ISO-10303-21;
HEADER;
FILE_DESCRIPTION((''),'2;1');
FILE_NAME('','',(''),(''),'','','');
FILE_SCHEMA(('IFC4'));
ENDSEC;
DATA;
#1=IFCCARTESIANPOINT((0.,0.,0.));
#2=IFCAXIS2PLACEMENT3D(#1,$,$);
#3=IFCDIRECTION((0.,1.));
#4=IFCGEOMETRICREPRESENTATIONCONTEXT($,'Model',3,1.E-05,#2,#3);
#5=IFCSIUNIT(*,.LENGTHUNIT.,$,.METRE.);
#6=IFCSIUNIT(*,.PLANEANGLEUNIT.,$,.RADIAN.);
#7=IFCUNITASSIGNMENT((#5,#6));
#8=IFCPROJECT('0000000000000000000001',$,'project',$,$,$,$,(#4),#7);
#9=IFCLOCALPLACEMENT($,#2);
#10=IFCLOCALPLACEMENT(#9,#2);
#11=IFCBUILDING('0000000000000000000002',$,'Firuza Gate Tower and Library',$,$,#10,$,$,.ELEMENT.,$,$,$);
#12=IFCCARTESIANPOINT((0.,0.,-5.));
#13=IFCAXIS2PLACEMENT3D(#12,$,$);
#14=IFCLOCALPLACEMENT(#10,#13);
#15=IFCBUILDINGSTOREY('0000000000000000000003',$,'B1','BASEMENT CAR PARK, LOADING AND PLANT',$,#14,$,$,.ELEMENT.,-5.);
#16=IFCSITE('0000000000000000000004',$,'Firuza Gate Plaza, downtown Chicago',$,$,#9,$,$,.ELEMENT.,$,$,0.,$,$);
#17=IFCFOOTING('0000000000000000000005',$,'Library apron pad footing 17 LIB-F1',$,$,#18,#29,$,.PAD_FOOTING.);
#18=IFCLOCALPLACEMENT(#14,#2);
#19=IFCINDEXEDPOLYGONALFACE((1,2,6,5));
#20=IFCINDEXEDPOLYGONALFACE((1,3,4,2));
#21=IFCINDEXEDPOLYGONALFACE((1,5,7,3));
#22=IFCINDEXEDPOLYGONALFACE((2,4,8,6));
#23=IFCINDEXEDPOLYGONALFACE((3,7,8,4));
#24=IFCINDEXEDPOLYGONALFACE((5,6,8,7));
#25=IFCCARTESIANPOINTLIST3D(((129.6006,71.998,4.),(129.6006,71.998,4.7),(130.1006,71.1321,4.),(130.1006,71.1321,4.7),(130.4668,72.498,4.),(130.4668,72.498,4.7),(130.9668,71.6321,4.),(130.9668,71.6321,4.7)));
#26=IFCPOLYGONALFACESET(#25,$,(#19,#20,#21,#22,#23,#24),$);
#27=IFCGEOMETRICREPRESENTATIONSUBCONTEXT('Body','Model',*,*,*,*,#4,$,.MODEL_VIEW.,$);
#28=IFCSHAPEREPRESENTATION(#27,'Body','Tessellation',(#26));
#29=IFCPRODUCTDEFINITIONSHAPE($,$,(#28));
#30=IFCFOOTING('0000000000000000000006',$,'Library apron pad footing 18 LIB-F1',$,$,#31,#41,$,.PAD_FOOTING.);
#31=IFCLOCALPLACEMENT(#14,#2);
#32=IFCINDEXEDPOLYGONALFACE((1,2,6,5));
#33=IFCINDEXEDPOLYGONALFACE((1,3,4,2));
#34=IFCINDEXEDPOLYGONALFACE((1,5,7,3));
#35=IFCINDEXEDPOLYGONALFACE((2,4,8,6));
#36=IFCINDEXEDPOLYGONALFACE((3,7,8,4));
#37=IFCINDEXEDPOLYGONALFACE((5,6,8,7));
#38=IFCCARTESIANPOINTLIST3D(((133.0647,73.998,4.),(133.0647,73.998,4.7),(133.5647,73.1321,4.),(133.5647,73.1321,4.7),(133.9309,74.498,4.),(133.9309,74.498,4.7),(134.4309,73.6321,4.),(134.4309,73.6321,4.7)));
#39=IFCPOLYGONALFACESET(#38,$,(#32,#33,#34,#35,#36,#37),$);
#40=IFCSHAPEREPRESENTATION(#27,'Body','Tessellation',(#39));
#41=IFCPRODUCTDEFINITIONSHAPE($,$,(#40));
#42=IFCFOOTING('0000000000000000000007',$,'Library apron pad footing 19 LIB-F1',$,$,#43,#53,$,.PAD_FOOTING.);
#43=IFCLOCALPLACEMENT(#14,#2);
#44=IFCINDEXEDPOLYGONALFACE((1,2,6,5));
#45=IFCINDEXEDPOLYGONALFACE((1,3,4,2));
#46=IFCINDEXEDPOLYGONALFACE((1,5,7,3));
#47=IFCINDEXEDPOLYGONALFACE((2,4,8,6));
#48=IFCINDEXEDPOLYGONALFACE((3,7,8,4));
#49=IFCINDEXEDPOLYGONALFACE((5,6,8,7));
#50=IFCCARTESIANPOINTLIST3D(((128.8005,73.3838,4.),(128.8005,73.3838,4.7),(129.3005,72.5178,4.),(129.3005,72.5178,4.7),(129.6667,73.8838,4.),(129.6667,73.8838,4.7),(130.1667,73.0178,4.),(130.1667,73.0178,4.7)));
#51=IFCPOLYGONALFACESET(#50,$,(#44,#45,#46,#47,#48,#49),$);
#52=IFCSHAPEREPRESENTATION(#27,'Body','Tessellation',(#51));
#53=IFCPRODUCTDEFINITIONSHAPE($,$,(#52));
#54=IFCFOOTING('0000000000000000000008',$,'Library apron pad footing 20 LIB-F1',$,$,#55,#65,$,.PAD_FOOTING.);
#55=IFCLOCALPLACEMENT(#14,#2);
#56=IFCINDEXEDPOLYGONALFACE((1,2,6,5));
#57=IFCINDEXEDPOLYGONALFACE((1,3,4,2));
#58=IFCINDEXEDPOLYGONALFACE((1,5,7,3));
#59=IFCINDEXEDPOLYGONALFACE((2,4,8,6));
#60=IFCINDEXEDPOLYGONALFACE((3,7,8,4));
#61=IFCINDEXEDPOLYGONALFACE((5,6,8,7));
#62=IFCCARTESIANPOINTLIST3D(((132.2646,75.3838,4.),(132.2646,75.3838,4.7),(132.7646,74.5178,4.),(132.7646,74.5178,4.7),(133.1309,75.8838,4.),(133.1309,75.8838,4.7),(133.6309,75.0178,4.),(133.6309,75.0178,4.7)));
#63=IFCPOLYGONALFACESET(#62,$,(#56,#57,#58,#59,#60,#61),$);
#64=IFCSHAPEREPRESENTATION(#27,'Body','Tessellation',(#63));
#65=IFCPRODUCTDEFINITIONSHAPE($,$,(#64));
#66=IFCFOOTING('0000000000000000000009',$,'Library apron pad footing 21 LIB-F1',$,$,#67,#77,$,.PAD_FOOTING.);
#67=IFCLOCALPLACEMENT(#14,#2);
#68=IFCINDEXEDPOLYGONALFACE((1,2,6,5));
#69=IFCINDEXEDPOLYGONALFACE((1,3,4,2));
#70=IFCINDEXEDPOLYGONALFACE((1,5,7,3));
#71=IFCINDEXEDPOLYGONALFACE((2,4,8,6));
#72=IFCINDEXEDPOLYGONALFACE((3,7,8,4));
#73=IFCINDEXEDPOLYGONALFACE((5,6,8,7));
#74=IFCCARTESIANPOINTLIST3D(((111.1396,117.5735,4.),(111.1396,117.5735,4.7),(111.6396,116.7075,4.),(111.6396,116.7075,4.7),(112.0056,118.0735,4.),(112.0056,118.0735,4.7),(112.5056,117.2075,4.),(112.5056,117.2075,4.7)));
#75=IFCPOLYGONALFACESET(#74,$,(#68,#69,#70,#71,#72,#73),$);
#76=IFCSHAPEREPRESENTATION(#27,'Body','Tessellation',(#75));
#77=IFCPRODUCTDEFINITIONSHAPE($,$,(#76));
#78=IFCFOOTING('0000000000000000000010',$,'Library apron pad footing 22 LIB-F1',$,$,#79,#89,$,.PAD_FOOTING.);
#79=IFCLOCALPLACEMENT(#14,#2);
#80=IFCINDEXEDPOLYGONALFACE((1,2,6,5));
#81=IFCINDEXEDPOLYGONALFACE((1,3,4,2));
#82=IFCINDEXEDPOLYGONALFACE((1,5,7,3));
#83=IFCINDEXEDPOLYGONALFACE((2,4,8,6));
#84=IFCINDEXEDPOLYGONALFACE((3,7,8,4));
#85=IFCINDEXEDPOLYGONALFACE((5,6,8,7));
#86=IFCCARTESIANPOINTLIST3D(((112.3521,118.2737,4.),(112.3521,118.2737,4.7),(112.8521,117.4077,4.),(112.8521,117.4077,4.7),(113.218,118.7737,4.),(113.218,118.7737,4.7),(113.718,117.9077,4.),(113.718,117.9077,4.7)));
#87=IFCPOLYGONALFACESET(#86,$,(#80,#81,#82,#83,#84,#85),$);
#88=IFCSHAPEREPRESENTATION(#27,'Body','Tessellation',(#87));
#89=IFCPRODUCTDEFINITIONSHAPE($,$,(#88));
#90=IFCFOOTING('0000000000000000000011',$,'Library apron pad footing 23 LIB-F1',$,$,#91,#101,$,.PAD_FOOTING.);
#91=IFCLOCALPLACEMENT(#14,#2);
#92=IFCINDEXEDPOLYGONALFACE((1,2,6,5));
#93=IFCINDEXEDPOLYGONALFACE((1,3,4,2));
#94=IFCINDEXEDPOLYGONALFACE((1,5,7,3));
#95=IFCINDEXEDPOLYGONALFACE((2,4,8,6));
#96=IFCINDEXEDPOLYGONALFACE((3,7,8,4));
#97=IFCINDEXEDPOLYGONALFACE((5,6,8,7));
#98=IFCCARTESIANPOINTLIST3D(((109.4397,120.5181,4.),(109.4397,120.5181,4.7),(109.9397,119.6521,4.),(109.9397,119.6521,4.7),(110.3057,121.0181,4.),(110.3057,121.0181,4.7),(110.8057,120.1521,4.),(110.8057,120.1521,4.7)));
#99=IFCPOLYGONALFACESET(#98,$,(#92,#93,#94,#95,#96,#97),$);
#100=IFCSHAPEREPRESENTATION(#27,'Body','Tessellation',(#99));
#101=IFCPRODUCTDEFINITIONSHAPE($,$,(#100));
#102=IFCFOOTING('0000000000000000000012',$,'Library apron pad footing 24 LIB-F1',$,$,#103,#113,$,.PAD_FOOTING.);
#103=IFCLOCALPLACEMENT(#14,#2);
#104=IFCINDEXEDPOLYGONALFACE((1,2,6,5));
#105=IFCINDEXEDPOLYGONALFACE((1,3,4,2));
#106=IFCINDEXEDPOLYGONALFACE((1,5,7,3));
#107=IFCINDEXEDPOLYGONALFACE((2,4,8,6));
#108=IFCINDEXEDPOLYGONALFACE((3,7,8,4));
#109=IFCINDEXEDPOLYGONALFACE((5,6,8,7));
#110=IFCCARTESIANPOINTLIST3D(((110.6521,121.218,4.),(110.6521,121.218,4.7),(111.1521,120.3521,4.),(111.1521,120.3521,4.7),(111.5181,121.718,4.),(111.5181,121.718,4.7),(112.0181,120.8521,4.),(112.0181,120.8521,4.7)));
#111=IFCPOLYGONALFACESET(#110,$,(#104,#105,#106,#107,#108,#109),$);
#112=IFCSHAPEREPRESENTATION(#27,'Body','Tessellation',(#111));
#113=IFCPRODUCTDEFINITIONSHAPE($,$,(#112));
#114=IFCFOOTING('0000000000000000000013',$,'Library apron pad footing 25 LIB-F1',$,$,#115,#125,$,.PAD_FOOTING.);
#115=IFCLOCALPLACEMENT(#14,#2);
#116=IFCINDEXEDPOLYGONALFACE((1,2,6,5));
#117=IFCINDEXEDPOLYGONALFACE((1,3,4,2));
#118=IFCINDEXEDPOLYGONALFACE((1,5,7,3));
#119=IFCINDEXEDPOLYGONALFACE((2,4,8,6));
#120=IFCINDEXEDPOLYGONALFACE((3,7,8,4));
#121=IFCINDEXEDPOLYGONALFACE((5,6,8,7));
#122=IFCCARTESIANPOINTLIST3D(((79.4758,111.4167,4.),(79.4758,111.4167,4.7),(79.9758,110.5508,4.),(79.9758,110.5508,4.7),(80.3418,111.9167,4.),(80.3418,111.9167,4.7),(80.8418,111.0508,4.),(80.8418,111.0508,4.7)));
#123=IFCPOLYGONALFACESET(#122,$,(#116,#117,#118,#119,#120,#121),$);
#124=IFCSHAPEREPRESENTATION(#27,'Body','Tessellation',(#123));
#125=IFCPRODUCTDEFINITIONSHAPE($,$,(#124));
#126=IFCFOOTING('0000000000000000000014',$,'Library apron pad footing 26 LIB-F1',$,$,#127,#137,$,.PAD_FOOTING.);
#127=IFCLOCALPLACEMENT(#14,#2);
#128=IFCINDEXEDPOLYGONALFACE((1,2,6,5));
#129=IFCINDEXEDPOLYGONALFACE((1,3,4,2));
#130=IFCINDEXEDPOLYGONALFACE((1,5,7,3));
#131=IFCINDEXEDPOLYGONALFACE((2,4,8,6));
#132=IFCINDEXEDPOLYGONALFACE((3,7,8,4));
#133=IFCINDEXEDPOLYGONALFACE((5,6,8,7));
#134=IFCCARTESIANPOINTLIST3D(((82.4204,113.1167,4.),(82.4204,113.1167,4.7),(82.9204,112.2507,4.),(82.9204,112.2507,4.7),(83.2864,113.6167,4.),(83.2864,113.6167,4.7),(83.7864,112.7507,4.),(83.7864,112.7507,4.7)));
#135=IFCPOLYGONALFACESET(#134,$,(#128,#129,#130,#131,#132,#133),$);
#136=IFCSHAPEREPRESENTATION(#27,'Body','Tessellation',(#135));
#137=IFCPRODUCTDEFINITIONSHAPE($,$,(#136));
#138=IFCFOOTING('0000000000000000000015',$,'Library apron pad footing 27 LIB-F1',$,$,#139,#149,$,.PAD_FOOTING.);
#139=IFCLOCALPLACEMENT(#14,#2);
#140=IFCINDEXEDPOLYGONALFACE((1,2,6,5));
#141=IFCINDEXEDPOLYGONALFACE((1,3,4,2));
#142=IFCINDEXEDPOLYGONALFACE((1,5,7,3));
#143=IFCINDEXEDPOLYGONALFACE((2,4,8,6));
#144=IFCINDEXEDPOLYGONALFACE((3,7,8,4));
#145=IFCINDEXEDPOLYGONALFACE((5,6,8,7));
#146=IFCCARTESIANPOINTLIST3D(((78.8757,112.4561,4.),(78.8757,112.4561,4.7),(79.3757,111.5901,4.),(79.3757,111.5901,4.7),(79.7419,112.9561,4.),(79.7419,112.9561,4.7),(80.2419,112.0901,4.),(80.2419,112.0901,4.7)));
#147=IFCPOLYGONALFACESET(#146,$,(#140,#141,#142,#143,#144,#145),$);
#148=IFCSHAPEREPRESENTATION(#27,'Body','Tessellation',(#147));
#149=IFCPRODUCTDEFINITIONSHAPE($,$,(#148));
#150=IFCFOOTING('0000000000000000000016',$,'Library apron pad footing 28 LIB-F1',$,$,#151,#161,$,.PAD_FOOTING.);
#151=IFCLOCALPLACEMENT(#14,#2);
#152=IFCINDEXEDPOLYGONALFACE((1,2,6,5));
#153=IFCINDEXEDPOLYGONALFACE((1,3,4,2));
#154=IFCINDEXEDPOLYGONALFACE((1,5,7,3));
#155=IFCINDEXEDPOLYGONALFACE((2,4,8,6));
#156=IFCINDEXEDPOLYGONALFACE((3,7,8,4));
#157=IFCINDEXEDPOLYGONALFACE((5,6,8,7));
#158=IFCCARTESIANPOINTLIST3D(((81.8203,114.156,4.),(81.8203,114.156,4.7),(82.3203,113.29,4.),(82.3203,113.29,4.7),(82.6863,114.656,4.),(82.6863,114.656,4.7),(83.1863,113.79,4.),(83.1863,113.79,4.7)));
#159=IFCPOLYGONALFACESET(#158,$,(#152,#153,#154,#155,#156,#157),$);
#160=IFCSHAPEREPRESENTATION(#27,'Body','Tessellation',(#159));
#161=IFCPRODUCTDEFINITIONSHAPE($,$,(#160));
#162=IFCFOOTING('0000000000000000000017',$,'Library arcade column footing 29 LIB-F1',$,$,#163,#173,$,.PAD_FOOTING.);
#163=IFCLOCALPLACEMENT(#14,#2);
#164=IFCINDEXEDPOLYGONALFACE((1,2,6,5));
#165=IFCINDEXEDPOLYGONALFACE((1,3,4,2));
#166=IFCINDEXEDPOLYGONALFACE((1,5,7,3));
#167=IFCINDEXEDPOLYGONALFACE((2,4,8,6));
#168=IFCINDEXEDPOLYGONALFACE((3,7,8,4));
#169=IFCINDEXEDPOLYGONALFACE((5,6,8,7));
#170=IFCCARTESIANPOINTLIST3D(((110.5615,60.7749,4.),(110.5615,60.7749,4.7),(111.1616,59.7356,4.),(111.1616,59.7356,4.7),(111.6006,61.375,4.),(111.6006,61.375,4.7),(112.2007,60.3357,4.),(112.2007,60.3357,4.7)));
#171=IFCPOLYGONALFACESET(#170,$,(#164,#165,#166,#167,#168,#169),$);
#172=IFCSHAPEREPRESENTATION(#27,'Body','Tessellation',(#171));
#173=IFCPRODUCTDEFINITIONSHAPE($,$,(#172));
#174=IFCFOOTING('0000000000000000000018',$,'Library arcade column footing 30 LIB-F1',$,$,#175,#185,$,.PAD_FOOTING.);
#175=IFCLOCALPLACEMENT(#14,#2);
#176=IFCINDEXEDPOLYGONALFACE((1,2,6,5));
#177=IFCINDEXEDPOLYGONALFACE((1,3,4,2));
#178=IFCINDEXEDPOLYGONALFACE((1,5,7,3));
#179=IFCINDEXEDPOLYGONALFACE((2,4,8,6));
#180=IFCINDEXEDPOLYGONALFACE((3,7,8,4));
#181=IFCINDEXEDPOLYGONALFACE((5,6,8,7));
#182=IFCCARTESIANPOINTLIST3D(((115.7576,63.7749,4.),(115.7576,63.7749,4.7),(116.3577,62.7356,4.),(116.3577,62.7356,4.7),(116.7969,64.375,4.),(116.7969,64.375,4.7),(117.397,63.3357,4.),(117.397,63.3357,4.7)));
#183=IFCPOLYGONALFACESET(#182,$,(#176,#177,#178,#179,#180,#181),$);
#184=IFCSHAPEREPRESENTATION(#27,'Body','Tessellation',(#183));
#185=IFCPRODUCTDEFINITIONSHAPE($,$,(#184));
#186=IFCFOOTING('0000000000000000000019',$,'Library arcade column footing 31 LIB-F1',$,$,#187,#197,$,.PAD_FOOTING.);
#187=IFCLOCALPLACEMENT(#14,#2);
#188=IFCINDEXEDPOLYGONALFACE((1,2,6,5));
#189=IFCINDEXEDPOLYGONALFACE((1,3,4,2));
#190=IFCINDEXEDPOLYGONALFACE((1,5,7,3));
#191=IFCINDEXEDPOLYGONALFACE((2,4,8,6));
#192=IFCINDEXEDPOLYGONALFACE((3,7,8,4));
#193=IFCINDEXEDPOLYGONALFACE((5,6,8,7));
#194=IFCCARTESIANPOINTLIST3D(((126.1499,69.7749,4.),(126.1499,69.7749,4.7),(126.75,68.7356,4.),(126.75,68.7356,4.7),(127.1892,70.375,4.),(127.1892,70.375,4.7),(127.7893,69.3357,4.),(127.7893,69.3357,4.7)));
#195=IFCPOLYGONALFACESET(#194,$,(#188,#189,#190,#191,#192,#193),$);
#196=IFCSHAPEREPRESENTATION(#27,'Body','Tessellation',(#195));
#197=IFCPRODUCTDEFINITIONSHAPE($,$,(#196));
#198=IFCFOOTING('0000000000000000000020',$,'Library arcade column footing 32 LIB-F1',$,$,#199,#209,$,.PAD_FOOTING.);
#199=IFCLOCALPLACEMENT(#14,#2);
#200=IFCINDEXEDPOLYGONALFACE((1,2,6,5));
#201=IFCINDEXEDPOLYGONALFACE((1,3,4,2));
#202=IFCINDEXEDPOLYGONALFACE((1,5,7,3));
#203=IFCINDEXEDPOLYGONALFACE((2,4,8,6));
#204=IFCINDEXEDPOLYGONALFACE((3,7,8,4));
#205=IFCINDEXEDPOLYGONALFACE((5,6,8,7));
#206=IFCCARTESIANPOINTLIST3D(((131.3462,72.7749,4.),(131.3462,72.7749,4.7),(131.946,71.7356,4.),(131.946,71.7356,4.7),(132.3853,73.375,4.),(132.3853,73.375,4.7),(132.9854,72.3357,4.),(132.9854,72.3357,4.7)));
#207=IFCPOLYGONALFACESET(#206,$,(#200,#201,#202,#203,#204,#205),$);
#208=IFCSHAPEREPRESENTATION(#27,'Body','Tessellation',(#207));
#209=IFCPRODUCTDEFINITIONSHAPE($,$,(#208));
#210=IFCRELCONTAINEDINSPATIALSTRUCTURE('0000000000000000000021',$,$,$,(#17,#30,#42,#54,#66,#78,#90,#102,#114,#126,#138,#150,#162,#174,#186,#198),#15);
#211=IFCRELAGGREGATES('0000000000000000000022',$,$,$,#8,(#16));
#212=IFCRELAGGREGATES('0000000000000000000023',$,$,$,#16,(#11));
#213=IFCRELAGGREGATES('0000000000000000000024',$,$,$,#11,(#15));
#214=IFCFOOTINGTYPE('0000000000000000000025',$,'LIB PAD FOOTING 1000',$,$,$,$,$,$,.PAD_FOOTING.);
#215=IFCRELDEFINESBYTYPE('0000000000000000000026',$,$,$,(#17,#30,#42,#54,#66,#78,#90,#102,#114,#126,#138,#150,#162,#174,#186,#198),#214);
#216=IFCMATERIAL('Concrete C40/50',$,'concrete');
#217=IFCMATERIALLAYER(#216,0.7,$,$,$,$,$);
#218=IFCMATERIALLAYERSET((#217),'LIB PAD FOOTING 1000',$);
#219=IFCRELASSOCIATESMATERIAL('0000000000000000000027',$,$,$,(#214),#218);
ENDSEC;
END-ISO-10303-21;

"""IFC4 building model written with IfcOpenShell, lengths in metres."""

from ifc_helpers import new_model, si_unit, direction, frame, origin, place, context, subcontext, project, spatial, polyline, outline, extrude, material, layer, layer_set, type_object, element, save


model = new_model("IFC4")

# Units and contexts
model_context = context("Model", 3, precision=1e-05, world=origin(), true_north=direction((0.0, 1.0)))
body_context = subcontext(model_context, "Body", "Model", "MODEL_VIEW")
ifc_project = project(units=[si_unit("LENGTHUNIT", "METRE"), si_unit("PLANEANGLEUNIT", "RADIAN")], contexts=[model_context])

# Site, building, storey
site_placement = place(None, origin())
site = spatial("IfcSite", under=ifc_project, at=site_placement, Name="Firuza Gate Plaza, downtown Chicago", CompositionType="ELEMENT", RefElevation=0.0)
building_placement = place(site_placement, origin())
building = spatial("IfcBuilding", under=site, at=building_placement, Name="Firuza Gate Tower and Library", CompositionType="ELEMENT")
storey_placement = place(building_placement, frame((0.0, 0.0, -5.0)))
storey = spatial("IfcBuildingStorey", under=building, at=storey_placement, Name="B1", Description="BASEMENT CAR PARK, LOADING AND PLANT", CompositionType="ELEMENT", Elevation=-5.0)

# Footings
ifc_material_1 = material(Name="Concrete C40/50", Category="concrete")
ifc_layer_1 = layer(ifc_material_1, 0.7)
ifc_layer_set_1 = layer_set([ifc_layer_1], Name="LIB PAD FOOTING 1000")
footing_type = type_object("IfcFootingType", Name="LIB PAD FOOTING 1000", PredefinedType="PAD_FOOTING", material=ifc_layer_set_1)
placement_1 = place(storey_placement, frame((0.0, 0.0, 4.0)))
element("IfcFooting", 1, at=placement_1, inside=storey, type_object=footing_type, Name="Library apron pad footing 17 LIB-F1", PredefinedType="PAD_FOOTING", context=body_context, shape_type="SweptSolid", body=[
    extrude(outline(polyline([(130.9668, 71.6321), (130.4668, 72.498), (129.6006, 71.998), (130.1006, 71.1321), (130.9668, 71.6321)])), origin(), (0.0, 0.0, 1.0), 0.7),
])
element("IfcFooting", 2, at=placement_1, inside=storey, type_object=footing_type, Name="Library apron pad footing 18 LIB-F1", PredefinedType="PAD_FOOTING", context=body_context, shape_type="SweptSolid", body=[
    extrude(outline(polyline([(134.4309, 73.6321), (133.9309, 74.498), (133.0647, 73.998), (133.5647, 73.1321), (134.4309, 73.6321)])), origin(), (0.0, 0.0, 1.0), 0.7),
])
element("IfcFooting", 3, at=placement_1, inside=storey, type_object=footing_type, Name="Library apron pad footing 19 LIB-F1", PredefinedType="PAD_FOOTING", context=body_context, shape_type="SweptSolid", body=[
    extrude(outline(polyline([(130.1667, 73.0178), (129.6667, 73.8838), (128.8005, 73.3838), (129.3005, 72.5178), (130.1667, 73.0178)])), origin(), (0.0, 0.0, 1.0), 0.7),
])
element("IfcFooting", 4, at=placement_1, inside=storey, type_object=footing_type, Name="Library apron pad footing 20 LIB-F1", PredefinedType="PAD_FOOTING", context=body_context, shape_type="SweptSolid", body=[
    extrude(outline(polyline([(133.6309, 75.0178), (133.1309, 75.8838), (132.2646, 75.3838), (132.7646, 74.5178), (133.6309, 75.0178)])), origin(), (0.0, 0.0, 1.0), 0.7),
])
element("IfcFooting", 5, at=placement_1, inside=storey, type_object=footing_type, Name="Library apron pad footing 21 LIB-F1", PredefinedType="PAD_FOOTING", context=body_context, shape_type="SweptSolid", body=[
    extrude(outline(polyline([(112.5056, 117.2075), (112.0056, 118.0735), (111.1396, 117.5735), (111.6396, 116.7075), (112.5056, 117.2075)])), origin(), (0.0, 0.0, 1.0), 0.7),
])
element("IfcFooting", 6, at=placement_1, inside=storey, type_object=footing_type, Name="Library apron pad footing 22 LIB-F1", PredefinedType="PAD_FOOTING", context=body_context, shape_type="SweptSolid", body=[
    extrude(outline(polyline([(113.718, 117.9077), (113.218, 118.7737), (112.3521, 118.2737), (112.8521, 117.4077), (113.718, 117.9077)])), origin(), (0.0, 0.0, 1.0), 0.7),
])
element("IfcFooting", 7, at=placement_1, inside=storey, type_object=footing_type, Name="Library apron pad footing 23 LIB-F1", PredefinedType="PAD_FOOTING", context=body_context, shape_type="SweptSolid", body=[
    extrude(outline(polyline([(110.8057, 120.1521), (110.3057, 121.0181), (109.4397, 120.5181), (109.9397, 119.6521), (110.8057, 120.1521)])), origin(), (0.0, 0.0, 1.0), 0.7),
])
element("IfcFooting", 8, at=placement_1, inside=storey, type_object=footing_type, Name="Library apron pad footing 24 LIB-F1", PredefinedType="PAD_FOOTING", context=body_context, shape_type="SweptSolid", body=[
    extrude(outline(polyline([(112.0181, 120.8521), (111.5181, 121.718), (110.6521, 121.218), (111.1521, 120.3521), (112.0181, 120.8521)])), origin(), (0.0, 0.0, 1.0), 0.7),
])
element("IfcFooting", 9, at=placement_1, inside=storey, type_object=footing_type, Name="Library apron pad footing 25 LIB-F1", PredefinedType="PAD_FOOTING", context=body_context, shape_type="SweptSolid", body=[
    extrude(outline(polyline([(80.8418, 111.0508), (80.3418, 111.9167), (79.4758, 111.4167), (79.9758, 110.5508), (80.8418, 111.0508)])), origin(), (0.0, 0.0, 1.0), 0.7),
])
element("IfcFooting", 10, at=placement_1, inside=storey, type_object=footing_type, Name="Library apron pad footing 26 LIB-F1", PredefinedType="PAD_FOOTING", context=body_context, shape_type="SweptSolid", body=[
    extrude(outline(polyline([(83.7864, 112.7507), (83.2864, 113.6167), (82.4204, 113.1167), (82.9204, 112.2507), (83.7864, 112.7507)])), origin(), (0.0, 0.0, 1.0), 0.7),
])
element("IfcFooting", 11, at=placement_1, inside=storey, type_object=footing_type, Name="Library apron pad footing 27 LIB-F1", PredefinedType="PAD_FOOTING", context=body_context, shape_type="SweptSolid", body=[
    extrude(outline(polyline([(80.2419, 112.0901), (79.7419, 112.9561), (78.8757, 112.4561), (79.3757, 111.5901), (80.2419, 112.0901)])), origin(), (0.0, 0.0, 1.0), 0.7),
])
element("IfcFooting", 12, at=placement_1, inside=storey, type_object=footing_type, Name="Library apron pad footing 28 LIB-F1", PredefinedType="PAD_FOOTING", context=body_context, shape_type="SweptSolid", body=[
    extrude(outline(polyline([(83.1863, 113.79), (82.6863, 114.656), (81.8203, 114.156), (82.3203, 113.29), (83.1863, 113.79)])), origin(), (0.0, 0.0, 1.0), 0.7),
])
element("IfcFooting", 13, at=placement_1, inside=storey, type_object=footing_type, Name="Library arcade column footing 29 LIB-F1", PredefinedType="PAD_FOOTING", context=body_context, shape_type="SweptSolid", body=[
    extrude(outline(polyline([(112.2007, 60.3357), (111.6006, 61.375), (110.5615, 60.7749), (111.1616, 59.7356), (112.2007, 60.3357)])), origin(), (0.0, 0.0, 1.0), 0.7),
])
element("IfcFooting", 14, at=placement_1, inside=storey, type_object=footing_type, Name="Library arcade column footing 30 LIB-F1", PredefinedType="PAD_FOOTING", context=body_context, shape_type="SweptSolid", body=[
    extrude(outline(polyline([(117.397, 63.3357), (116.7969, 64.375), (115.7576, 63.7749), (116.3577, 62.7356), (117.397, 63.3357)])), origin(), (0.0, 0.0, 1.0), 0.7),
])
element("IfcFooting", 15, at=placement_1, inside=storey, type_object=footing_type, Name="Library arcade column footing 31 LIB-F1", PredefinedType="PAD_FOOTING", context=body_context, shape_type="SweptSolid", body=[
    extrude(outline(polyline([(127.7893, 69.3357), (127.1892, 70.375), (126.1499, 69.7749), (126.75, 68.7356), (127.7893, 69.3357)])), origin(), (0.0, 0.0, 1.0), 0.7),
])
element("IfcFooting", 16, at=placement_1, inside=storey, type_object=footing_type, Name="Library arcade column footing 32 LIB-F1", PredefinedType="PAD_FOOTING", context=body_context, shape_type="SweptSolid", body=[
    extrude(outline(polyline([(132.9854, 72.3357), (132.3853, 73.375), (131.3462, 72.7749), (131.946, 71.7356), (132.9854, 72.3357)])), origin(), (0.0, 0.0, 1.0), 0.7),
])

save(model, "model.ifc")
